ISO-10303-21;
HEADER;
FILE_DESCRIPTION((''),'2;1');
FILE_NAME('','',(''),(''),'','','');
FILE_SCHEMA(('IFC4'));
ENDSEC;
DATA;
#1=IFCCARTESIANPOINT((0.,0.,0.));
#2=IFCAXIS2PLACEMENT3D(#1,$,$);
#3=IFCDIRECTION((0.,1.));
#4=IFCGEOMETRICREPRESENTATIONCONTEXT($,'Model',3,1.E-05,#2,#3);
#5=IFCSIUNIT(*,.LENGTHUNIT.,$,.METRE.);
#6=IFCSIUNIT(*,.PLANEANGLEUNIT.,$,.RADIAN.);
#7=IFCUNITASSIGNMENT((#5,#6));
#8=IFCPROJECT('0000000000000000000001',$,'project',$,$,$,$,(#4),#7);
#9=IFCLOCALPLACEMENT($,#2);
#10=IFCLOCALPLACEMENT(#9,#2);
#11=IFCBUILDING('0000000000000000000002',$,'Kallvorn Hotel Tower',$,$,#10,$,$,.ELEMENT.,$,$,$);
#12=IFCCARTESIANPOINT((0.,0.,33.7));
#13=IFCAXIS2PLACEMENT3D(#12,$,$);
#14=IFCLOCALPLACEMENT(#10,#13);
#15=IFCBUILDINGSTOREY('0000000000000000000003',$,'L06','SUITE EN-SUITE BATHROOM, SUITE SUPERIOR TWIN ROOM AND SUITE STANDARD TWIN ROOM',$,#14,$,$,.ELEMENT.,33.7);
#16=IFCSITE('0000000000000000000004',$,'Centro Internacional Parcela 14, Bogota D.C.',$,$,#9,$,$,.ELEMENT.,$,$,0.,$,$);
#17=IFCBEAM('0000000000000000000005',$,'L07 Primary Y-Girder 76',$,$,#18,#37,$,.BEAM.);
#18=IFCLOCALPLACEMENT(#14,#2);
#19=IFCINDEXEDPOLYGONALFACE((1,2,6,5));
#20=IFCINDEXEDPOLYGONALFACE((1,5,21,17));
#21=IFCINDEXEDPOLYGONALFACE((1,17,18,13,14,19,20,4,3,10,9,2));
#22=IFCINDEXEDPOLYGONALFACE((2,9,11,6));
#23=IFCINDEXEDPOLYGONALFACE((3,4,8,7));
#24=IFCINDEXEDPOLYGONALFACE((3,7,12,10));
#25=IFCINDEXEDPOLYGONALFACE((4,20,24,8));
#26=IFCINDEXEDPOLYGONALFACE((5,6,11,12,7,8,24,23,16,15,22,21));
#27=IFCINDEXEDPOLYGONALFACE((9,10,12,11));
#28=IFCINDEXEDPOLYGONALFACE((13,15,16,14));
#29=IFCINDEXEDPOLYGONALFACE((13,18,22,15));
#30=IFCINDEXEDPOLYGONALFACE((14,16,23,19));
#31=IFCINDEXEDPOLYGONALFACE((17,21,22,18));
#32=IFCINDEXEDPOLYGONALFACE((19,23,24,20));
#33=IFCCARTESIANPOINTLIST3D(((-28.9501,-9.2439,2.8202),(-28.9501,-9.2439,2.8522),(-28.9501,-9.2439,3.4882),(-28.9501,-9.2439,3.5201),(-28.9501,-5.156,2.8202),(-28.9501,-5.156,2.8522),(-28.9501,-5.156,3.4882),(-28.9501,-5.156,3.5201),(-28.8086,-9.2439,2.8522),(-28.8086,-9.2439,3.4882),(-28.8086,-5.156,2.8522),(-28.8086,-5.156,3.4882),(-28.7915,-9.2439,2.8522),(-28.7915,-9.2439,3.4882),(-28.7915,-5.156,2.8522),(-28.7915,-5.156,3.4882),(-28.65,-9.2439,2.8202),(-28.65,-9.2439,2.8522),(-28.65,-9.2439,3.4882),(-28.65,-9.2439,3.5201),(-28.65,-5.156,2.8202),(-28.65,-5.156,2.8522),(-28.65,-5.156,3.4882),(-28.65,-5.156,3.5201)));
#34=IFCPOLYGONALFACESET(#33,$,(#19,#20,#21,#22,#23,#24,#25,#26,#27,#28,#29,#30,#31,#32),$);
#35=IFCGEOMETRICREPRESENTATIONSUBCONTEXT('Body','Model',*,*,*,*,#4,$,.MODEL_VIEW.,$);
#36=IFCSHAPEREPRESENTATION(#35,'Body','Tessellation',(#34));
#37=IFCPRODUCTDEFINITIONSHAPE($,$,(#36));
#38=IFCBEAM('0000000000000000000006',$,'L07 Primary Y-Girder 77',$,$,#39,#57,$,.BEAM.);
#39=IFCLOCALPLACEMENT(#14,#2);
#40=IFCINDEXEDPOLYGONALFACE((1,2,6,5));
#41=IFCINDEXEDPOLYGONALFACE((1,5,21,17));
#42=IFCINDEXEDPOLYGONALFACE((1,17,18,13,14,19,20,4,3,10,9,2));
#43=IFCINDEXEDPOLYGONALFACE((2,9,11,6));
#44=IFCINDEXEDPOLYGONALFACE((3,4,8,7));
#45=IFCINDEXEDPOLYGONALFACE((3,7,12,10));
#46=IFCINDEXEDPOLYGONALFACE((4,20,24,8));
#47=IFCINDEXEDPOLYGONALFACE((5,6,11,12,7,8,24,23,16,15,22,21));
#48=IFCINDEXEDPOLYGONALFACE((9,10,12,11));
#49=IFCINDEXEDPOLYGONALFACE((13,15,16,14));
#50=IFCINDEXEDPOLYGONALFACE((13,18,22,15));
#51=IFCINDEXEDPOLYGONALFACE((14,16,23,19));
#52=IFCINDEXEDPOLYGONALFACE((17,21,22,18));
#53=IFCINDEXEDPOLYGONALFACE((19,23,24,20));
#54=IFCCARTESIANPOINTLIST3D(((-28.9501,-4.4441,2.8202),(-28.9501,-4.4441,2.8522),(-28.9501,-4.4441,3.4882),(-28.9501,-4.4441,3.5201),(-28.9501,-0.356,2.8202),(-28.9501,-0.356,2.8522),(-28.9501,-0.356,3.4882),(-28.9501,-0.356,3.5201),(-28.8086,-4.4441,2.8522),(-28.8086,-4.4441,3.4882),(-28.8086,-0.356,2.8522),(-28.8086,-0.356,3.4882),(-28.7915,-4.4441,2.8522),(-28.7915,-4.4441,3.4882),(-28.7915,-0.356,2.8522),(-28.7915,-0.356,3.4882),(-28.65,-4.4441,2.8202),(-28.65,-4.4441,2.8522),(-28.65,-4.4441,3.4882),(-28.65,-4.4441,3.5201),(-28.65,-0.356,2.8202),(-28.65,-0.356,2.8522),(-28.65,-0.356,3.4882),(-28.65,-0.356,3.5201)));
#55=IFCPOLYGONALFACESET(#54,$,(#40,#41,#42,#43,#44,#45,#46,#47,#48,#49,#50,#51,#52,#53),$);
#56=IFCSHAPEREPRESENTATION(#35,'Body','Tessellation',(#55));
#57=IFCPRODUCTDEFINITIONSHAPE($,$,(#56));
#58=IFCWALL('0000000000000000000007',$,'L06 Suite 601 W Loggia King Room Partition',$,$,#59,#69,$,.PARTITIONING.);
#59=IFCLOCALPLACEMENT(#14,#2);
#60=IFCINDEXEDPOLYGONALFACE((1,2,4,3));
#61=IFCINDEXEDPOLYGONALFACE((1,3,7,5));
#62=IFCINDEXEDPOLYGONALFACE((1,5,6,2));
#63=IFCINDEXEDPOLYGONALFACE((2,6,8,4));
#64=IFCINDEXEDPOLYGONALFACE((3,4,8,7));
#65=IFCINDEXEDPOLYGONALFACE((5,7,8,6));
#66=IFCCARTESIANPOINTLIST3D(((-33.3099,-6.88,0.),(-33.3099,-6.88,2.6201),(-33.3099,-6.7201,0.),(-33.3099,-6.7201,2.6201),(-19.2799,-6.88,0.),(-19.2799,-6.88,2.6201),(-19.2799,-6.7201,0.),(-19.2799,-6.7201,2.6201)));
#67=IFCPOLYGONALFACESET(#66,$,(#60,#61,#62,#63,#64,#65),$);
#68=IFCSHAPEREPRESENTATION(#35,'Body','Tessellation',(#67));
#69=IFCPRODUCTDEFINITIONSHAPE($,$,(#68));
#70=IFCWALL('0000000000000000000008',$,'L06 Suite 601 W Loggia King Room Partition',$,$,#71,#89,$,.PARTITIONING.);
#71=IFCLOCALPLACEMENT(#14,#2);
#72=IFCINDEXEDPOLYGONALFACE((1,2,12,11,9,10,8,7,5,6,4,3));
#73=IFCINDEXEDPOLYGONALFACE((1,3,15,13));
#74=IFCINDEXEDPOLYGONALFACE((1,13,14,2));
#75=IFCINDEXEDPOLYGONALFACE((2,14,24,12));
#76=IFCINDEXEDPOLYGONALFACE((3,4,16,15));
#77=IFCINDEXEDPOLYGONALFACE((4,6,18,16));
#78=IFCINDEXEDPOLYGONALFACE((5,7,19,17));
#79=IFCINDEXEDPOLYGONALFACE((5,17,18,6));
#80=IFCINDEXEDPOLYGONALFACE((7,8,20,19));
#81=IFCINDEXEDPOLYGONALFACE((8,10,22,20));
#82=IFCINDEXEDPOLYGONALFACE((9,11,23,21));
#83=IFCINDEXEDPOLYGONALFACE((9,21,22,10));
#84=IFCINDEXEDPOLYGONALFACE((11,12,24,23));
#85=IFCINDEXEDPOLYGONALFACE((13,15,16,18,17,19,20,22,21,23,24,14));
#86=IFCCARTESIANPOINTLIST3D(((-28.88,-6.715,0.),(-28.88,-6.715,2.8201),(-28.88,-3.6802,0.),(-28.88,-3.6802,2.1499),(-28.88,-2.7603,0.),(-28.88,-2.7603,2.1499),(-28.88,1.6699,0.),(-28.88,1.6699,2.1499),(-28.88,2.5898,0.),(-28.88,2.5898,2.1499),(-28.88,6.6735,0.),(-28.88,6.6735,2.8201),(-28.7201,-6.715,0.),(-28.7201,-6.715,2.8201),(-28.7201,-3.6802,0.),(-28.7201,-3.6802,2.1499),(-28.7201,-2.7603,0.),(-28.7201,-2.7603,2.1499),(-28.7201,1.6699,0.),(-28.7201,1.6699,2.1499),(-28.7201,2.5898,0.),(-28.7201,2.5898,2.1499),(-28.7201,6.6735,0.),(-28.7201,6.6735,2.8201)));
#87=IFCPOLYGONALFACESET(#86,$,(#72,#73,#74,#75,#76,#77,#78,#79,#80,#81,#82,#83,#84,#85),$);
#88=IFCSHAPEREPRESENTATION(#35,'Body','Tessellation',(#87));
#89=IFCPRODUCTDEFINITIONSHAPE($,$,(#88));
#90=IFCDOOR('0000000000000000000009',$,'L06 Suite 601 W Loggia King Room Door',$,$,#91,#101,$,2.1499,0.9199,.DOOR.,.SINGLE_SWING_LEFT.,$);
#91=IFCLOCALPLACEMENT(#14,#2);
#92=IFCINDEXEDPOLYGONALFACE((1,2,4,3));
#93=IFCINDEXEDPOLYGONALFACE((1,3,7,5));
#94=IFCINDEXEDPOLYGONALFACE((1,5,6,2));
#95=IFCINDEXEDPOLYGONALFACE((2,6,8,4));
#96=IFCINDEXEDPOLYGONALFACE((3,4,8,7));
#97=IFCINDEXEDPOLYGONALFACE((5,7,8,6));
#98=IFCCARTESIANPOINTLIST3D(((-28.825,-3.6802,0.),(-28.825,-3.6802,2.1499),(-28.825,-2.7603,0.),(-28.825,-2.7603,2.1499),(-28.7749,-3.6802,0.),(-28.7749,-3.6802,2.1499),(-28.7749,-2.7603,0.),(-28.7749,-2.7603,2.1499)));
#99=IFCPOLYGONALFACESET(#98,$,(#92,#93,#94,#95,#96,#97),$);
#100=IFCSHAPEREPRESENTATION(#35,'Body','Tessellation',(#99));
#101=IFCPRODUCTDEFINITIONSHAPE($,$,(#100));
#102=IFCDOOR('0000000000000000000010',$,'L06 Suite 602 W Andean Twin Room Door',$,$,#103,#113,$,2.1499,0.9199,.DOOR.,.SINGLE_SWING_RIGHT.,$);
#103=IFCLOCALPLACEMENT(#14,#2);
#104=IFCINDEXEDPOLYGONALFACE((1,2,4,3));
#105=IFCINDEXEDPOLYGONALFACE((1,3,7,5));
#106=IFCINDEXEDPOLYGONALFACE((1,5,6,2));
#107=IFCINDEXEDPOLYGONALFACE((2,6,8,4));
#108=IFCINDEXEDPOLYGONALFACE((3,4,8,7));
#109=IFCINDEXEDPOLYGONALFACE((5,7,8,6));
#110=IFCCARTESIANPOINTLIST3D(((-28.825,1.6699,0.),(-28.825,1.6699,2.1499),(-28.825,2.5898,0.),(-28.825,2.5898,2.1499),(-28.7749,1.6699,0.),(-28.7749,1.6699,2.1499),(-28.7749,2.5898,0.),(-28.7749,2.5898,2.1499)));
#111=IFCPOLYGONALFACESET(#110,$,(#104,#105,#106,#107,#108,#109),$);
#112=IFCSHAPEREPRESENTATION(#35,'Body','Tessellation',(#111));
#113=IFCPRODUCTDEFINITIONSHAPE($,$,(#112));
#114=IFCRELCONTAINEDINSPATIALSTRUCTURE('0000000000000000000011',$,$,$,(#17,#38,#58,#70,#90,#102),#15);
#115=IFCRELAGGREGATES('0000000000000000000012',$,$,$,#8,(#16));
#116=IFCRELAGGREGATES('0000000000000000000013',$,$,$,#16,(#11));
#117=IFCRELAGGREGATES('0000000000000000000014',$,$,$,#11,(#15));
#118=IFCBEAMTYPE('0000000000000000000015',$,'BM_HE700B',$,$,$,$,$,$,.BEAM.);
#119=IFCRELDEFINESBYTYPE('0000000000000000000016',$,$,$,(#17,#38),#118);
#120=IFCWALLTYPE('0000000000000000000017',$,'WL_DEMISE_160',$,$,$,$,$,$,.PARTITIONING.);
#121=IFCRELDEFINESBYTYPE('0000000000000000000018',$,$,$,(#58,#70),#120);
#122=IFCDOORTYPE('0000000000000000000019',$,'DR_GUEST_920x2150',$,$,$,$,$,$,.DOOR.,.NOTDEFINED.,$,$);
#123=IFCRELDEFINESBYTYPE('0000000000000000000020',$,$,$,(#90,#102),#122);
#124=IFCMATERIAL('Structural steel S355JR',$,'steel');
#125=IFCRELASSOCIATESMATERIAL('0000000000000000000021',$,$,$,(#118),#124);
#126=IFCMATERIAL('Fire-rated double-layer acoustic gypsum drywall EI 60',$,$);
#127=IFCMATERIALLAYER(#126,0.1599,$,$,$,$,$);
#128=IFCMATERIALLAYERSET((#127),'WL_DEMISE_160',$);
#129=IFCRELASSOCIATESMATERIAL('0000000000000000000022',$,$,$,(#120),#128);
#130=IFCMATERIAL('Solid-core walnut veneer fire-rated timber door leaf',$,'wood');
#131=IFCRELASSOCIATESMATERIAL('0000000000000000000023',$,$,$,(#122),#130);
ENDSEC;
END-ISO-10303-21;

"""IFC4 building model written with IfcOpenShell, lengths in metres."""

from ifc_helpers import new_model, si_unit, direction, frame, frame_2d, origin, origin_2d, place, context, subcontext, project, spatial, rectangle, i_section, extrude, material, layer, layer_set, material_profile, profile_set, type_object, element, fill, save


model = new_model("IFC4")

# Units and contexts
model_context = context("Model", 3, precision=1e-05, world=origin(), true_north=direction((0.0, 1.0)))
body_context = subcontext(model_context, "Body", "Model", "MODEL_VIEW")
ifc_project = project(units=[si_unit("LENGTHUNIT", "METRE"), si_unit("PLANEANGLEUNIT", "RADIAN")], contexts=[model_context])

# Site, building, storey
site_placement = place(None, origin())
site = spatial("IfcSite", under=ifc_project, at=site_placement, Name="Centro Internacional Parcela 14, Bogota D.C.", CompositionType="ELEMENT", RefElevation=0.0)
building_placement = place(site_placement, origin())
building = spatial("IfcBuilding", under=site, at=building_placement, Name="Kallvorn Hotel Tower", CompositionType="ELEMENT")
storey_placement = place(building_placement, frame((0.0, 0.0, 33.7)))
storey = spatial("IfcBuildingStorey", under=building, at=storey_placement, Name="L06", Description="SUITE EN-SUITE BATHROOM, SUITE SUPERIOR TWIN ROOM AND SUITE STANDARD TWIN ROOM", CompositionType="ELEMENT", Elevation=33.7)

# Beams
ifc_material_1 = material(Name="Structural steel S355JR", Category="steel")
ifc_material_profile_1 = material_profile(ifc_material_1, i_section(OverallWidth=0.3, OverallDepth=0.7, WebThickness=0.0171, FlangeThickness=0.032, at=origin_2d()), Name="HE 700 B")
ifc_profile_set_1 = profile_set([ifc_material_profile_1], Name="Structural steel S355JR")
beam_type_1 = type_object("IfcBeamType", Name="BM_HE700B", PredefinedType="BEAM", material=ifc_profile_set_1)
beam_1_placement = place(storey_placement, frame((-28.8, -9.2439, 3.1702), z_axis=(0.0, 1.0, 0.0), x_axis=(-1.0, 0.0, 0.0)))
element("IfcBeam", 1, at=beam_1_placement, inside=storey, type_object=beam_type_1, Name="L07 Primary Y-Girder 76", PredefinedType="BEAM", context=body_context, shape_type="SweptSolid", body=[
    extrude(i_section(OverallWidth=0.3, OverallDepth=0.7, WebThickness=0.0171, FlangeThickness=0.032, at=origin_2d()), origin(), (0.0, 0.0, 1.0), 4.0879),
])
beam_2_placement = place(storey_placement, frame((-28.8, -4.4441, 3.1702), z_axis=(0.0, 1.0, 0.0), x_axis=(-1.0, 0.0, 0.0)))
element("IfcBeam", 2, at=beam_2_placement, inside=storey, type_object=beam_type_1, Name="L07 Primary Y-Girder 77", PredefinedType="BEAM", context=body_context, shape_type="SweptSolid", body=[
    extrude(i_section(OverallWidth=0.3, OverallDepth=0.7, WebThickness=0.0171, FlangeThickness=0.032, at=origin_2d()), origin(), (0.0, 0.0, 1.0), 4.0881),
])

# Wall
ifc_material_2 = material(Name="Fire-rated double-layer acoustic gypsum drywall EI 60")
ifc_layer = layer(ifc_material_2, 0.1599)
ifc_layer_set = layer_set([ifc_layer], Name="WL_DEMISE_160")
wall_type = type_object("IfcWallType", Name="WL_DEMISE_160", PredefinedType="PARTITIONING", material=ifc_layer_set)
wall_1_placement = place(storey_placement, frame((-33.3101, -6.8, 0.0), z_axis=(0.0, 0.0, 1.0), x_axis=(1.0, 0.0, 0.0)))
element("IfcWall", 3, at=wall_1_placement, inside=storey, type_object=wall_type, Name="L06 Suite 601 W Loggia King Room Partition", PredefinedType="PARTITIONING", context=body_context, shape_type="SweptSolid", body=[
    extrude(rectangle(XDim=14.03, YDim=0.1599, at=frame_2d((7.0151, 0.0))), origin(), (0.0, 0.0, 1.0), 2.6201),
])

# Wall, openings, doors
wall_2_placement = place(storey_placement, frame((-28.8, -6.7151, 0.0), z_axis=(0.0, 0.0, 1.0), x_axis=(0.0, 1.0, 0.0)))
wall_2 = element("IfcWall", 4, at=wall_2_placement, inside=storey, type_object=wall_type, Name="L06 Suite 601 W Loggia King Room Partition", PredefinedType="PARTITIONING", context=body_context, shape_type="SweptSolid", body=[
    extrude(rectangle(XDim=13.3884, YDim=0.1599, at=frame_2d((6.6943, 0.0))), origin(), (0.0, 0.0, 1.0), 2.8201),
])
opening_1_placement = place(wall_2_placement, frame((3.0349, 0.0, 0.0)))
opening_1 = element("IfcOpeningElement", 5, at=opening_1_placement, cuts=wall_2, PredefinedType="OPENING", context=body_context, shape_type="SweptSolid", body=[
    extrude(rectangle(XDim=0.9199, YDim=2.1499, at=frame_2d((0.46, 1.075))), frame((0.0, 0.095, 0.0), z_axis=(0.0, -1.0, 0.0), x_axis=(1.0, 0.0, 0.0)), (0.0, 0.0, 1.0), 0.1899),
])
opening_2_placement = place(wall_2_placement, frame((8.385, 0.0, 0.0)))
opening_2 = element("IfcOpeningElement", 6, at=opening_2_placement, cuts=wall_2, PredefinedType="OPENING", context=body_context, shape_type="SweptSolid", body=[
    extrude(rectangle(XDim=0.9199, YDim=2.1499, at=frame_2d((0.46, 1.075))), frame((0.0, 0.095, 0.0), z_axis=(0.0, -1.0, 0.0), x_axis=(1.0, 0.0, 0.0)), (0.0, 0.0, 1.0), 0.1899),
])
ifc_material_3 = material(Name="Solid-core walnut veneer fire-rated timber door leaf", Category="wood")
door_type = type_object("IfcDoorType", Name="DR_GUEST_920x2150", OperationType="NOTDEFINED", PredefinedType="DOOR", material=ifc_material_3)
door_1_placement = place(opening_1_placement, origin())
door_1 = element("IfcDoor", 7, at=door_1_placement, inside=storey, type_object=door_type, Name="L06 Suite 601 W Loggia King Room Door", OperationType="SINGLE_SWING_LEFT", OverallHeight=2.1499, OverallWidth=0.9199, PredefinedType="DOOR", context=body_context, shape_type="SweptSolid", body=[
    extrude(rectangle(XDim=0.9199, YDim=2.1499, at=frame_2d((0.46, 1.075))), frame((0.0, 0.0249, 0.0), z_axis=(0.0, -1.0, 0.0), x_axis=(1.0, 0.0, 0.0)), (0.0, 0.0, 1.0), 0.05),
])
fill(opening_1, door_1)
door_2_placement = place(opening_2_placement, origin())
door_2 = element("IfcDoor", 8, at=door_2_placement, inside=storey, type_object=door_type, Name="L06 Suite 602 W Andean Twin Room Door", OperationType="SINGLE_SWING_RIGHT", OverallHeight=2.1499, OverallWidth=0.9199, PredefinedType="DOOR", context=body_context, shape_type="SweptSolid", body=[
    extrude(rectangle(XDim=0.9199, YDim=2.1499, at=frame_2d((0.46, 1.075))), frame((0.0, 0.0249, 0.0), z_axis=(0.0, -1.0, 0.0), x_axis=(1.0, 0.0, 0.0)), (0.0, 0.0, 1.0), 0.05),
])
fill(opening_2, door_2)

save(model, "model.ifc")
